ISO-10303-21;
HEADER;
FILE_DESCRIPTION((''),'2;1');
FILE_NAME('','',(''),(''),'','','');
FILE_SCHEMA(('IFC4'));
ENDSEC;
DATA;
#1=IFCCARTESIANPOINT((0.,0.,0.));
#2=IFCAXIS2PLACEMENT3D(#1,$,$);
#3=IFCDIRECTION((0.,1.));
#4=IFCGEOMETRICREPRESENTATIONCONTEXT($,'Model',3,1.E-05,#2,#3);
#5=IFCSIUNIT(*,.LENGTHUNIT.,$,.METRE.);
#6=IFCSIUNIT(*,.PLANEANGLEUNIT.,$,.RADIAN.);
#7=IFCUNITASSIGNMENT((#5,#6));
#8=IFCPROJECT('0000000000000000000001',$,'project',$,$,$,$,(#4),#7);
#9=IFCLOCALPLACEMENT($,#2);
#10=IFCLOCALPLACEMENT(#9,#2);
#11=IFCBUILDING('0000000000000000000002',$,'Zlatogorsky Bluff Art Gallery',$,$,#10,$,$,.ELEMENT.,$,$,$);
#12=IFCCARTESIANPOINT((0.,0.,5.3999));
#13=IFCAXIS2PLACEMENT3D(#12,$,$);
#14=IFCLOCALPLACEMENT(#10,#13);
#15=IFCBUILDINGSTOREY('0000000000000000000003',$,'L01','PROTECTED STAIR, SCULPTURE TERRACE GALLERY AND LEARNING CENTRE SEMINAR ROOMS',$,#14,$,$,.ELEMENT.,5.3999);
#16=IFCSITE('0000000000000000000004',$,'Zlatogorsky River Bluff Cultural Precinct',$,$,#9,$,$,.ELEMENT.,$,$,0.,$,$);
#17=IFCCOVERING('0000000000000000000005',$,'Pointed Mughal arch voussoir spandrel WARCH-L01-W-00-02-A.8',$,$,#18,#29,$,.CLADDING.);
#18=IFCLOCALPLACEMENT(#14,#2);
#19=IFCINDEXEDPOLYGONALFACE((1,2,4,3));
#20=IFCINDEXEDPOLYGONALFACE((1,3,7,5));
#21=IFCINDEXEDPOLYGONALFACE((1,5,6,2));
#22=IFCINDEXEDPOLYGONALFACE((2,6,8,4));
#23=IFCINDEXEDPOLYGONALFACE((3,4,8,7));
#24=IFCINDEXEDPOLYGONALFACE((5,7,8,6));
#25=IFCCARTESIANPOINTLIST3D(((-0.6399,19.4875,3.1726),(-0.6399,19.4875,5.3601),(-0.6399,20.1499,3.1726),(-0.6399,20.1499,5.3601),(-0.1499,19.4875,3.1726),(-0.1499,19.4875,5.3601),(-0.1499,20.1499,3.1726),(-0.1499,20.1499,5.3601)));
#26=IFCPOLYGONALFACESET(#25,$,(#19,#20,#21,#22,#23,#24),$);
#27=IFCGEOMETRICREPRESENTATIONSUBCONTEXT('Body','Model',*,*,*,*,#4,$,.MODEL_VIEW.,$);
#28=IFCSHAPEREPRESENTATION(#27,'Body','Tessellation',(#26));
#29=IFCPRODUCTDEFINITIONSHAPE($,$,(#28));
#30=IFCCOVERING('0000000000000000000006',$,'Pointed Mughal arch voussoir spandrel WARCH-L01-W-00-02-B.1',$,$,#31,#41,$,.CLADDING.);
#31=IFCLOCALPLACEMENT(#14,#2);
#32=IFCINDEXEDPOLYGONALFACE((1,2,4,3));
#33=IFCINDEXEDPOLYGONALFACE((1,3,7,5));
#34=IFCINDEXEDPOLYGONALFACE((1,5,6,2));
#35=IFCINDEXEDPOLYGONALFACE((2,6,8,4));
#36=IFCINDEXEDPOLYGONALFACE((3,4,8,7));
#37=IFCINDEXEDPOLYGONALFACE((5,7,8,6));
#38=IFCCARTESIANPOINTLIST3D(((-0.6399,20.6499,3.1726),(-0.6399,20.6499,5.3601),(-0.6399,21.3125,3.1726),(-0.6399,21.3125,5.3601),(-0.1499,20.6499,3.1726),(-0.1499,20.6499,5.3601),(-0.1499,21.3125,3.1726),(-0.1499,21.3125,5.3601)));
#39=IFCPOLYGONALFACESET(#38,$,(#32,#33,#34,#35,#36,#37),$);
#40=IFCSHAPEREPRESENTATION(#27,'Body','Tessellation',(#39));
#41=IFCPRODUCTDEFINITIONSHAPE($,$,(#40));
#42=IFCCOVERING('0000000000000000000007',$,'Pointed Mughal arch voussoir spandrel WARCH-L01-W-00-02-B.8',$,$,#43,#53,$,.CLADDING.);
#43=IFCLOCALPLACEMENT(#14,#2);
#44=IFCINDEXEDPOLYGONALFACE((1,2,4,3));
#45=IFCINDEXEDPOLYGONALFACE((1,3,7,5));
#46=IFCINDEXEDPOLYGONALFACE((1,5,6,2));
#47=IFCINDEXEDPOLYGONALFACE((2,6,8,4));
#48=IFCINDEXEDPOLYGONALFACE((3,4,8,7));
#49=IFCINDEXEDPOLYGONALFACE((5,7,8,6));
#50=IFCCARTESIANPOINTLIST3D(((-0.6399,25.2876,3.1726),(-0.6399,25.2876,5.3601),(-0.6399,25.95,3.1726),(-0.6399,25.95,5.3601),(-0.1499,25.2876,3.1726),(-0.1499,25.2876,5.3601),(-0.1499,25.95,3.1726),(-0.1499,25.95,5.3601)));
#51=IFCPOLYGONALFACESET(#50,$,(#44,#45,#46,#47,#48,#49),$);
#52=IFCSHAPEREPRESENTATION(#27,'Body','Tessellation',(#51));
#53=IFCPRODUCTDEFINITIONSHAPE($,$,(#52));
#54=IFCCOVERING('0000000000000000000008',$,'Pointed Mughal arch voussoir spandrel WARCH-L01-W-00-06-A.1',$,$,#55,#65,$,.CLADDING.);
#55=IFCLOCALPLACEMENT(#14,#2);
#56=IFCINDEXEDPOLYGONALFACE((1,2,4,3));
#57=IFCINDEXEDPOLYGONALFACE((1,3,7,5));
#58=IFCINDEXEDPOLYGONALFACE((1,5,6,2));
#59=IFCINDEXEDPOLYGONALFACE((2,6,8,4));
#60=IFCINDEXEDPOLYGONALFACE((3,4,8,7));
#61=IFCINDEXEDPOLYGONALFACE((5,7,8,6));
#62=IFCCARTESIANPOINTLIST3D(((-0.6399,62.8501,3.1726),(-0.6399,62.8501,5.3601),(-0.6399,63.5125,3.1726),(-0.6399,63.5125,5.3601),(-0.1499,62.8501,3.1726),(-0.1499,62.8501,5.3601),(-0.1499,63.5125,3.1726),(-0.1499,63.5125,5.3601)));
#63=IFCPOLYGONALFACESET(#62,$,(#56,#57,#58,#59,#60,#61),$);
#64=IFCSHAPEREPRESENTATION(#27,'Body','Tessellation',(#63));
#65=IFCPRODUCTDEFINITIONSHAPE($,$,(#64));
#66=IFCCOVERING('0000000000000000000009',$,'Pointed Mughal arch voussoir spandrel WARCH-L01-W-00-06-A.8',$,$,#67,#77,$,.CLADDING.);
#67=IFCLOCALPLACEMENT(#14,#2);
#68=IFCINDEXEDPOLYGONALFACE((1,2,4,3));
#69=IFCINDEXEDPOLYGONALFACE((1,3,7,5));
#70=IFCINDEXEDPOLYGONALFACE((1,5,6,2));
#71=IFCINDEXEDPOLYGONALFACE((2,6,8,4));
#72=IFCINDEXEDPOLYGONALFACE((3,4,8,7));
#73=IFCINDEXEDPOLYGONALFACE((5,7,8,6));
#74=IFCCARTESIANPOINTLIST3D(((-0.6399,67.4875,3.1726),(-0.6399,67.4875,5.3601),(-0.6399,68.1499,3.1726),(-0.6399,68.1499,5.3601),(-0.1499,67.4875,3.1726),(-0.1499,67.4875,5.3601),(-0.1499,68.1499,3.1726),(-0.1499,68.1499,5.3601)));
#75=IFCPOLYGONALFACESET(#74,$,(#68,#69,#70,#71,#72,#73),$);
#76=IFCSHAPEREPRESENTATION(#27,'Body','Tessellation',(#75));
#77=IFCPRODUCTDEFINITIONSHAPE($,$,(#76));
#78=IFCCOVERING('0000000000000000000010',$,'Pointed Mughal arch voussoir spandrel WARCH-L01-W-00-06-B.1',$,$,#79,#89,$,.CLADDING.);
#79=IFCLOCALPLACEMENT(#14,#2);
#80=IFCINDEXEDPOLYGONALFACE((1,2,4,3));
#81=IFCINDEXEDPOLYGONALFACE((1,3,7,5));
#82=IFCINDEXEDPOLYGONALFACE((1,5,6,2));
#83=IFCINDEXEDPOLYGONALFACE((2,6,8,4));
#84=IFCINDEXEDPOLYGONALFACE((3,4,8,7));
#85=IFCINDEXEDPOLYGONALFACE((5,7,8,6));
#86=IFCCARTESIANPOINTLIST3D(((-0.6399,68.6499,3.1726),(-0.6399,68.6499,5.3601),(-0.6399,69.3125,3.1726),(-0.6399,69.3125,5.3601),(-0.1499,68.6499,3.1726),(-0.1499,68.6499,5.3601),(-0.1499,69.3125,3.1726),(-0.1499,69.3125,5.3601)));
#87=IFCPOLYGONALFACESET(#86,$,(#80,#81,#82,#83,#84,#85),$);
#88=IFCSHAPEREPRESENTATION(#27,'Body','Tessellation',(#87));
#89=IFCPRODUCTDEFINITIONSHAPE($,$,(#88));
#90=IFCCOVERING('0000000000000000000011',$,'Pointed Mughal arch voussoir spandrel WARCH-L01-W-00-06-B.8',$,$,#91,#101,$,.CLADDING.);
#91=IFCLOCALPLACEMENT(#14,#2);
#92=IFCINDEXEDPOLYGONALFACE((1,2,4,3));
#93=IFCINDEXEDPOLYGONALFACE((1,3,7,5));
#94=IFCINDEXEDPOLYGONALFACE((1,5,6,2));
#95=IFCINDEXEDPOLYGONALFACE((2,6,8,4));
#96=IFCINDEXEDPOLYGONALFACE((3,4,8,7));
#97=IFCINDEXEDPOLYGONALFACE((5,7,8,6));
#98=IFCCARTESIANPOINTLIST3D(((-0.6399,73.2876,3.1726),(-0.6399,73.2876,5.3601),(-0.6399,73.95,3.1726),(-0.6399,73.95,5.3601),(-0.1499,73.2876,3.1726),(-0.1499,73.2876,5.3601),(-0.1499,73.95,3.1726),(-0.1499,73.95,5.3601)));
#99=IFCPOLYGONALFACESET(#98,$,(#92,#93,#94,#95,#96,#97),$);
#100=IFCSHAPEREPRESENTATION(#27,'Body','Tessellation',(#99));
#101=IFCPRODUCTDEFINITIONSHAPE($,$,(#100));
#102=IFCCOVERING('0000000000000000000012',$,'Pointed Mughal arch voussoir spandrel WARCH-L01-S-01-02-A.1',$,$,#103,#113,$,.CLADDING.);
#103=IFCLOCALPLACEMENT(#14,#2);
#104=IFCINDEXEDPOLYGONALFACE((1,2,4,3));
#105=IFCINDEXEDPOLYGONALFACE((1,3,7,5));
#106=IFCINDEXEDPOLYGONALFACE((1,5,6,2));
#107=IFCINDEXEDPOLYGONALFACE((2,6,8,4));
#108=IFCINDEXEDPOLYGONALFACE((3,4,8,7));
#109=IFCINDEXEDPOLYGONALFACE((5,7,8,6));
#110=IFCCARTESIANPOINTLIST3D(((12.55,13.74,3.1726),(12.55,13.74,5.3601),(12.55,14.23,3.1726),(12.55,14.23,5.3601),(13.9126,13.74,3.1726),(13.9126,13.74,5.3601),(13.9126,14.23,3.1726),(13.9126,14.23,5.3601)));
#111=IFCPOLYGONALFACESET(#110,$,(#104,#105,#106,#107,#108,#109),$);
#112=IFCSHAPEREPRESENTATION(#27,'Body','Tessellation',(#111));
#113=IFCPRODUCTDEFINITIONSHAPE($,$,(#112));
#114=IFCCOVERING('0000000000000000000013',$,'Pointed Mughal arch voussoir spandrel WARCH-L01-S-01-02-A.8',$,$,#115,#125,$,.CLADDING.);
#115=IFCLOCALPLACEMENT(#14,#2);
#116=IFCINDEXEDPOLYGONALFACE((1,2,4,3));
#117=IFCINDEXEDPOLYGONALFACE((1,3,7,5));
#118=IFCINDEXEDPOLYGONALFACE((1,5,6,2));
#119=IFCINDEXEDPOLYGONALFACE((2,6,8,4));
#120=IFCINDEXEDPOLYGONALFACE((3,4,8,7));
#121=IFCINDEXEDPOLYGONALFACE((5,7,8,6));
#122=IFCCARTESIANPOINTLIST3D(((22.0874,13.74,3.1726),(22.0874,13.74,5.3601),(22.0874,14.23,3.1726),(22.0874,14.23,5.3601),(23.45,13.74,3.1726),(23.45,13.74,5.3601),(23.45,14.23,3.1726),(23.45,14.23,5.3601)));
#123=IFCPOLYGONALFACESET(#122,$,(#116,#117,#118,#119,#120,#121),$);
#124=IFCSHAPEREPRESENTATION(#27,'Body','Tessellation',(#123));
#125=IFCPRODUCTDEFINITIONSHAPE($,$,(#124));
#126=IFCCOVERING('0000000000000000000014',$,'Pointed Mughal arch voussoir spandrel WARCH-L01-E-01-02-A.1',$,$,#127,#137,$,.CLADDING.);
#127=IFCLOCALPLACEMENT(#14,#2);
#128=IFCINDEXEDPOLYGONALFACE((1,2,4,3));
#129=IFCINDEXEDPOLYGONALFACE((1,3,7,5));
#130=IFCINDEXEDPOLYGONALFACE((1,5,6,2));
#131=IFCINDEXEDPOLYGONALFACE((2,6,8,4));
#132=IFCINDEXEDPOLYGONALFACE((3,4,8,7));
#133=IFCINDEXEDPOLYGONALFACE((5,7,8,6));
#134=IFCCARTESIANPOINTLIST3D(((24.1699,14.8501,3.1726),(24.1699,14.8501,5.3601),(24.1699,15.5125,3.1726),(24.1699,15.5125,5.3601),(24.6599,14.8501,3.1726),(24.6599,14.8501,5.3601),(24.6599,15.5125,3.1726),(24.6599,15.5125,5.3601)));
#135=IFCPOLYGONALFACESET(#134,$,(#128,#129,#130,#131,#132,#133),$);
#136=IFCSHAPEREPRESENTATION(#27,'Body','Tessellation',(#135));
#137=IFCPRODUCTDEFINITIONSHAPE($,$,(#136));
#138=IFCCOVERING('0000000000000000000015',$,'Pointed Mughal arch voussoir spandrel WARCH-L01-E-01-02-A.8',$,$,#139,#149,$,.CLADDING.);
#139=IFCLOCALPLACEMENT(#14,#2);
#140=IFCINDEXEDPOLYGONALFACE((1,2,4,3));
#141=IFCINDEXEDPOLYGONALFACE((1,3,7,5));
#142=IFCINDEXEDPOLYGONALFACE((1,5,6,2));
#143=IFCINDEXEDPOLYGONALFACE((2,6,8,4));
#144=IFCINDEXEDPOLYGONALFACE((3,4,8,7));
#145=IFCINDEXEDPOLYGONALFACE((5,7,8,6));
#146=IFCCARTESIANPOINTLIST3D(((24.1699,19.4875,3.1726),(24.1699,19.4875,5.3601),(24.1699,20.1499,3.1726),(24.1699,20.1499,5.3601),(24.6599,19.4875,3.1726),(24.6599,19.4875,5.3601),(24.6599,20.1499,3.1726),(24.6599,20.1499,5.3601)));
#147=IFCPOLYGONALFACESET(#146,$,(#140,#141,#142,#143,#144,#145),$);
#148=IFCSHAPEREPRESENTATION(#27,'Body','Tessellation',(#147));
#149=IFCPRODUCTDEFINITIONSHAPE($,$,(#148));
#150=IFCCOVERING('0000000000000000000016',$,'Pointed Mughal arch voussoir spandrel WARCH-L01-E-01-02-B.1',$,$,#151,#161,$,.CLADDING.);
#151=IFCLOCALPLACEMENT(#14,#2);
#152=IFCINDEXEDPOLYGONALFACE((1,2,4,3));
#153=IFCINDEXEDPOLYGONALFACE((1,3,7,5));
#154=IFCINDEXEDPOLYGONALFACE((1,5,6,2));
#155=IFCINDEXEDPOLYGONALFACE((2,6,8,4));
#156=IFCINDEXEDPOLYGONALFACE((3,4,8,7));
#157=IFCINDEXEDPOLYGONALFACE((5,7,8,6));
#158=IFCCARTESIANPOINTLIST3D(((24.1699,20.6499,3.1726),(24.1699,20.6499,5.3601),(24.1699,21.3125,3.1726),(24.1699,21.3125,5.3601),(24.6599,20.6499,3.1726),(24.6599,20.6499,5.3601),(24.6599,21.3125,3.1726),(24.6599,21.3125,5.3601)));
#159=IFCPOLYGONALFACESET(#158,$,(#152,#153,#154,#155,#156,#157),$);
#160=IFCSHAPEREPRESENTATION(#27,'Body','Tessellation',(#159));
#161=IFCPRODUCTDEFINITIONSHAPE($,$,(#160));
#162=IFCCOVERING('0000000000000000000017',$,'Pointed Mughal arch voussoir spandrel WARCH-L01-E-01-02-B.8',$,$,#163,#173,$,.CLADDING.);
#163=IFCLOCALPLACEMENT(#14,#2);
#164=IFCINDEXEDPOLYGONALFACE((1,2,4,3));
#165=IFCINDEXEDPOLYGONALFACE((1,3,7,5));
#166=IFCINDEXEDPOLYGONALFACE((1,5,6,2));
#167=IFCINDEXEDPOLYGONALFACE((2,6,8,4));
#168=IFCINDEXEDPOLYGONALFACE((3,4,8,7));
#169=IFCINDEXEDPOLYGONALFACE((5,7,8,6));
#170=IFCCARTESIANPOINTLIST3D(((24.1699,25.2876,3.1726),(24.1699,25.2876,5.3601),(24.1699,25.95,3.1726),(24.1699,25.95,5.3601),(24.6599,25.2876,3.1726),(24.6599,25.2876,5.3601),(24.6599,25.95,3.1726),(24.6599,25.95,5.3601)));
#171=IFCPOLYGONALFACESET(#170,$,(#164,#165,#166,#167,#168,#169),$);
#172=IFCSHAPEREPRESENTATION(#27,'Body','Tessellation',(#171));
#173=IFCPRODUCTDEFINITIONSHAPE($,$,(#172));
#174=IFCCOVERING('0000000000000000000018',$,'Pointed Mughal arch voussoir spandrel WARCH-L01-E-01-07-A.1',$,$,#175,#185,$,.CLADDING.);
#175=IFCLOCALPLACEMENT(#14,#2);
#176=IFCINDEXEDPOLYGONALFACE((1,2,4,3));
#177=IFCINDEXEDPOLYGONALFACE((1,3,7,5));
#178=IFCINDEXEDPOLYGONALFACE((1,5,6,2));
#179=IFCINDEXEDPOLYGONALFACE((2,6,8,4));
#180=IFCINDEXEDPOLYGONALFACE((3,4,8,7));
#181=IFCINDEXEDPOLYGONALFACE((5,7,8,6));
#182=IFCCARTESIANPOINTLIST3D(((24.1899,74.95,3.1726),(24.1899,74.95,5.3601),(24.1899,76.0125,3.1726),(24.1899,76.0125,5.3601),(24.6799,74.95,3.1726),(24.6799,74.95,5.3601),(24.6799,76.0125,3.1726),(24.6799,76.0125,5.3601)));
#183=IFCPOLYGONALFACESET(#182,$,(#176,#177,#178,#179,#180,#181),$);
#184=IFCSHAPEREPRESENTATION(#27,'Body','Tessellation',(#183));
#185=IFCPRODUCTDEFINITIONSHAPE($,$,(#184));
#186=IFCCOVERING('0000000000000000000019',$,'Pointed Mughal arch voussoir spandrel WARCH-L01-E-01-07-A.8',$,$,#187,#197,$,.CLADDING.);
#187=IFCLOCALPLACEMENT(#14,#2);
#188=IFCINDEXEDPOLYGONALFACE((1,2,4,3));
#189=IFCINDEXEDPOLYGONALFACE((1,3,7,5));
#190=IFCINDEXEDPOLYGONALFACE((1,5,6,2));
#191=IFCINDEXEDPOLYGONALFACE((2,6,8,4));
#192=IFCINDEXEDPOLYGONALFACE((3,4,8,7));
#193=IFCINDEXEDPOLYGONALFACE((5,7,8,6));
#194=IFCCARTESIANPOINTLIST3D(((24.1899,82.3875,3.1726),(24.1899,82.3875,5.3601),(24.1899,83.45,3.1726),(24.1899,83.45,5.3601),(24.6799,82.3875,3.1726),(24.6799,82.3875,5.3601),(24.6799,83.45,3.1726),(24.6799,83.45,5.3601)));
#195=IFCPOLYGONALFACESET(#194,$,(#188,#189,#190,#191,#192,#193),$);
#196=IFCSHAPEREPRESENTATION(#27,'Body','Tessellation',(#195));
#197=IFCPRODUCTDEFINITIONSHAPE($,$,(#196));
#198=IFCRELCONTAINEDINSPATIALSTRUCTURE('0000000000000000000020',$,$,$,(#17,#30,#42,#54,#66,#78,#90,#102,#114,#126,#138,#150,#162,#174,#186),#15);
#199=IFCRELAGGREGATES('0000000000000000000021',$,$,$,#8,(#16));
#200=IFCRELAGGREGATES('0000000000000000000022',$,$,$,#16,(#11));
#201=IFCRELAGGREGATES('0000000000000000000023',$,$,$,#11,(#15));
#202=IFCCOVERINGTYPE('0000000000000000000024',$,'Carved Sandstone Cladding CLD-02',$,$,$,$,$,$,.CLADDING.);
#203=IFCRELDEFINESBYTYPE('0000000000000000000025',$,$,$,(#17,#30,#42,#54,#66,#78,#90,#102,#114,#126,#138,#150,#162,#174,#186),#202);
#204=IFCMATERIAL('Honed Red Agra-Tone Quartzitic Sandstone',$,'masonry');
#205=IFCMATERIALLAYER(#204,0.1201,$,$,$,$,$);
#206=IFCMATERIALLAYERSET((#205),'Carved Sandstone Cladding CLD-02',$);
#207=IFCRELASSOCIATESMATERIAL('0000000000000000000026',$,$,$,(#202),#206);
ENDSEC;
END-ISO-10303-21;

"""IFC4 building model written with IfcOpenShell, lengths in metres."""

from ifc_helpers import new_model, si_unit, direction, frame, origin, place, context, subcontext, project, spatial, polyline, outline, extrude, material, layer, layer_set, type_object, element, save


model = new_model("IFC4")

# Units and contexts
model_context = context("Model", 3, precision=1e-05, world=origin(), true_north=direction((0.0, 1.0)))
body_context = subcontext(model_context, "Body", "Model", "MODEL_VIEW")
ifc_project = project(units=[si_unit("LENGTHUNIT", "METRE"), si_unit("PLANEANGLEUNIT", "RADIAN")], contexts=[model_context])

# Site, building, storey
site_placement = place(None, origin())
site = spatial("IfcSite", under=ifc_project, at=site_placement, Name="Zlatogorsky River Bluff Cultural Precinct", CompositionType="ELEMENT", RefElevation=0.0)
building_placement = place(site_placement, origin())
building = spatial("IfcBuilding", under=site, at=building_placement, Name="Zlatogorsky Bluff Art Gallery", CompositionType="ELEMENT")
storey_placement = place(building_placement, frame((0.0, 0.0, 5.3999)))
storey = spatial("IfcBuildingStorey", under=building, at=storey_placement, Name="L01", Description="PROTECTED STAIR, SCULPTURE TERRACE GALLERY AND LEARNING CENTRE SEMINAR ROOMS", CompositionType="ELEMENT", Elevation=5.3999)

# Coverings
ifc_material = material(Name="Honed Red Agra-Tone Quartzitic Sandstone", Category="masonry")
ifc_layer = layer(ifc_material, 0.1201)
ifc_layer_set = layer_set([ifc_layer], Name="Carved Sandstone Cladding CLD-02")
covering_type = type_object("IfcCoveringType", Name="Carved Sandstone Cladding CLD-02", PredefinedType="CLADDING", material=ifc_layer_set)
covering_1_placement = place(storey_placement, frame((0.0, 0.0, 3.1726)))
element("IfcCovering", 1, at=covering_1_placement, inside=storey, type_object=covering_type, Name="Pointed Mughal arch voussoir spandrel WARCH-L01-W-00-02-A.8", PredefinedType="CLADDING", context=body_context, shape_type="SweptSolid", body=[
    extrude(outline(polyline([(-0.6399, 19.4875), (-0.6399, 20.1499), (-0.1499, 20.1499), (-0.1499, 19.4875), (-0.6399, 19.4875)])), origin(), (0.0, 0.0, 1.0), 2.1875),
])
covering_2_placement = place(storey_placement, frame((0.0, 0.0, 3.1726)))
element("IfcCovering", 2, at=covering_2_placement, inside=storey, type_object=covering_type, Name="Pointed Mughal arch voussoir spandrel WARCH-L01-W-00-02-B.1", PredefinedType="CLADDING", context=body_context, shape_type="SweptSolid", body=[
    extrude(outline(polyline([(-0.6399, 20.6499), (-0.6399, 21.3125), (-0.1499, 21.3125), (-0.1499, 20.6499), (-0.6399, 20.6499)])), origin(), (0.0, 0.0, 1.0), 2.1875),
])
covering_3_placement = place(storey_placement, frame((0.0, 0.0, 3.1726)))
element("IfcCovering", 3, at=covering_3_placement, inside=storey, type_object=covering_type, Name="Pointed Mughal arch voussoir spandrel WARCH-L01-W-00-02-B.8", PredefinedType="CLADDING", context=body_context, shape_type="SweptSolid", body=[
    extrude(outline(polyline([(-0.6399, 25.2876), (-0.6399, 25.95), (-0.1499, 25.95), (-0.1499, 25.2876), (-0.6399, 25.2876)])), origin(), (0.0, 0.0, 1.0), 2.1875),
])
covering_4_placement = place(storey_placement, frame((0.0, 0.0, 3.1726)))
element("IfcCovering", 4, at=covering_4_placement, inside=storey, type_object=covering_type, Name="Pointed Mughal arch voussoir spandrel WARCH-L01-W-00-06-A.1", PredefinedType="CLADDING", context=body_context, shape_type="SweptSolid", body=[
    extrude(outline(polyline([(-0.6399, 62.8501), (-0.6399, 63.5125), (-0.1499, 63.5125), (-0.1499, 62.8501), (-0.6399, 62.8501)])), origin(), (0.0, 0.0, 1.0), 2.1875),
])
covering_5_placement = place(storey_placement, frame((0.0, 0.0, 3.1726)))
element("IfcCovering", 5, at=covering_5_placement, inside=storey, type_object=covering_type, Name="Pointed Mughal arch voussoir spandrel WARCH-L01-W-00-06-A.8", PredefinedType="CLADDING", context=body_context, shape_type="SweptSolid", body=[
    extrude(outline(polyline([(-0.6399, 67.4875), (-0.6399, 68.1499), (-0.1499, 68.1499), (-0.1499, 67.4875), (-0.6399, 67.4875)])), origin(), (0.0, 0.0, 1.0), 2.1875),
])
covering_6_placement = place(storey_placement, frame((0.0, 0.0, 3.1726)))
element("IfcCovering", 6, at=covering_6_placement, inside=storey, type_object=covering_type, Name="Pointed Mughal arch voussoir spandrel WARCH-L01-W-00-06-B.1", PredefinedType="CLADDING", context=body_context, shape_type="SweptSolid", body=[
    extrude(outline(polyline([(-0.6399, 68.6499), (-0.6399, 69.3125), (-0.1499, 69.3125), (-0.1499, 68.6499), (-0.6399, 68.6499)])), origin(), (0.0, 0.0, 1.0), 2.1875),
])
covering_7_placement = place(storey_placement, frame((0.0, 0.0, 3.1726)))
element("IfcCovering", 7, at=covering_7_placement, inside=storey, type_object=covering_type, Name="Pointed Mughal arch voussoir spandrel WARCH-L01-W-00-06-B.8", PredefinedType="CLADDING", context=body_context, shape_type="SweptSolid", body=[
    extrude(outline(polyline([(-0.6399, 73.2876), (-0.6399, 73.95), (-0.1499, 73.95), (-0.1499, 73.2876), (-0.6399, 73.2876)])), origin(), (0.0, 0.0, 1.0), 2.1875),
])
covering_8_placement = place(storey_placement, frame((0.0, 0.0, 3.1726)))
element("IfcCovering", 8, at=covering_8_placement, inside=storey, type_object=covering_type, Name="Pointed Mughal arch voussoir spandrel WARCH-L01-S-01-02-A.1", PredefinedType="CLADDING", context=body_context, shape_type="SweptSolid", body=[
    extrude(outline(polyline([(12.55, 13.74), (13.9126, 13.74), (13.9126, 14.23), (12.55, 14.23), (12.55, 13.74)])), origin(), (0.0, 0.0, 1.0), 2.1875),
])
covering_9_placement = place(storey_placement, frame((0.0, 0.0, 3.1726)))
element("IfcCovering", 9, at=covering_9_placement, inside=storey, type_object=covering_type, Name="Pointed Mughal arch voussoir spandrel WARCH-L01-S-01-02-A.8", PredefinedType="CLADDING", context=body_context, shape_type="SweptSolid", body=[
    extrude(outline(polyline([(22.0874, 13.74), (23.45, 13.74), (23.45, 14.23), (22.0874, 14.23), (22.0874, 13.74)])), origin(), (0.0, 0.0, 1.0), 2.1875),
])
covering_10_placement = place(storey_placement, frame((0.0, 0.0, 3.1726)))
element("IfcCovering", 10, at=covering_10_placement, inside=storey, type_object=covering_type, Name="Pointed Mughal arch voussoir spandrel WARCH-L01-E-01-02-A.1", PredefinedType="CLADDING", context=body_context, shape_type="SweptSolid", body=[
    extrude(outline(polyline([(24.1699, 14.8501), (24.1699, 15.5125), (24.6599, 15.5125), (24.6599, 14.8501), (24.1699, 14.8501)])), origin(), (0.0, 0.0, 1.0), 2.1875),
])
covering_11_placement = place(storey_placement, frame((0.0, 0.0, 3.1726)))
element("IfcCovering", 11, at=covering_11_placement, inside=storey, type_object=covering_type, Name="Pointed Mughal arch voussoir spandrel WARCH-L01-E-01-02-A.8", PredefinedType="CLADDING", context=body_context, shape_type="SweptSolid", body=[
    extrude(outline(polyline([(24.1699, 19.4875), (24.1699, 20.1499), (24.6599, 20.1499), (24.6599, 19.4875), (24.1699, 19.4875)])), origin(), (0.0, 0.0, 1.0), 2.1875),
])
covering_12_placement = place(storey_placement, frame((0.0, 0.0, 3.1726)))
element("IfcCovering", 12, at=covering_12_placement, inside=storey, type_object=covering_type, Name="Pointed Mughal arch voussoir spandrel WARCH-L01-E-01-02-B.1", PredefinedType="CLADDING", context=body_context, shape_type="SweptSolid", body=[
    extrude(outline(polyline([(24.1699, 20.6499), (24.1699, 21.3125), (24.6599, 21.3125), (24.6599, 20.6499), (24.1699, 20.6499)])), origin(), (0.0, 0.0, 1.0), 2.1875),
])
covering_13_placement = place(storey_placement, frame((0.0, 0.0, 3.1726)))
element("IfcCovering", 13, at=covering_13_placement, inside=storey, type_object=covering_type, Name="Pointed Mughal arch voussoir spandrel WARCH-L01-E-01-02-B.8", PredefinedType="CLADDING", context=body_context, shape_type="SweptSolid", body=[
    extrude(outline(polyline([(24.1699, 25.2876), (24.1699, 25.95), (24.6599, 25.95), (24.6599, 25.2876), (24.1699, 25.2876)])), origin(), (0.0, 0.0, 1.0), 2.1875),
])
covering_14_placement = place(storey_placement, frame((0.0, 0.0, 3.1726)))
element("IfcCovering", 14, at=covering_14_placement, inside=storey, type_object=covering_type, Name="Pointed Mughal arch voussoir spandrel WARCH-L01-E-01-07-A.1", PredefinedType="CLADDING", context=body_context, shape_type="SweptSolid", body=[
    extrude(outline(polyline([(24.1899, 74.95), (24.1899, 76.0125), (24.6799, 76.0125), (24.6799, 74.95), (24.1899, 74.95)])), origin(), (0.0, 0.0, 1.0), 2.1875),
])
covering_15_placement = place(storey_placement, frame((0.0, 0.0, 3.1726)))
element("IfcCovering", 15, at=covering_15_placement, inside=storey, type_object=covering_type, Name="Pointed Mughal arch voussoir spandrel WARCH-L01-E-01-07-A.8", PredefinedType="CLADDING", context=body_context, shape_type="SweptSolid", body=[
    extrude(outline(polyline([(24.1899, 82.3875), (24.1899, 83.45), (24.6799, 83.45), (24.6799, 82.3875), (24.1899, 82.3875)])), origin(), (0.0, 0.0, 1.0), 2.1875),
])

save(model, "model.ifc")
